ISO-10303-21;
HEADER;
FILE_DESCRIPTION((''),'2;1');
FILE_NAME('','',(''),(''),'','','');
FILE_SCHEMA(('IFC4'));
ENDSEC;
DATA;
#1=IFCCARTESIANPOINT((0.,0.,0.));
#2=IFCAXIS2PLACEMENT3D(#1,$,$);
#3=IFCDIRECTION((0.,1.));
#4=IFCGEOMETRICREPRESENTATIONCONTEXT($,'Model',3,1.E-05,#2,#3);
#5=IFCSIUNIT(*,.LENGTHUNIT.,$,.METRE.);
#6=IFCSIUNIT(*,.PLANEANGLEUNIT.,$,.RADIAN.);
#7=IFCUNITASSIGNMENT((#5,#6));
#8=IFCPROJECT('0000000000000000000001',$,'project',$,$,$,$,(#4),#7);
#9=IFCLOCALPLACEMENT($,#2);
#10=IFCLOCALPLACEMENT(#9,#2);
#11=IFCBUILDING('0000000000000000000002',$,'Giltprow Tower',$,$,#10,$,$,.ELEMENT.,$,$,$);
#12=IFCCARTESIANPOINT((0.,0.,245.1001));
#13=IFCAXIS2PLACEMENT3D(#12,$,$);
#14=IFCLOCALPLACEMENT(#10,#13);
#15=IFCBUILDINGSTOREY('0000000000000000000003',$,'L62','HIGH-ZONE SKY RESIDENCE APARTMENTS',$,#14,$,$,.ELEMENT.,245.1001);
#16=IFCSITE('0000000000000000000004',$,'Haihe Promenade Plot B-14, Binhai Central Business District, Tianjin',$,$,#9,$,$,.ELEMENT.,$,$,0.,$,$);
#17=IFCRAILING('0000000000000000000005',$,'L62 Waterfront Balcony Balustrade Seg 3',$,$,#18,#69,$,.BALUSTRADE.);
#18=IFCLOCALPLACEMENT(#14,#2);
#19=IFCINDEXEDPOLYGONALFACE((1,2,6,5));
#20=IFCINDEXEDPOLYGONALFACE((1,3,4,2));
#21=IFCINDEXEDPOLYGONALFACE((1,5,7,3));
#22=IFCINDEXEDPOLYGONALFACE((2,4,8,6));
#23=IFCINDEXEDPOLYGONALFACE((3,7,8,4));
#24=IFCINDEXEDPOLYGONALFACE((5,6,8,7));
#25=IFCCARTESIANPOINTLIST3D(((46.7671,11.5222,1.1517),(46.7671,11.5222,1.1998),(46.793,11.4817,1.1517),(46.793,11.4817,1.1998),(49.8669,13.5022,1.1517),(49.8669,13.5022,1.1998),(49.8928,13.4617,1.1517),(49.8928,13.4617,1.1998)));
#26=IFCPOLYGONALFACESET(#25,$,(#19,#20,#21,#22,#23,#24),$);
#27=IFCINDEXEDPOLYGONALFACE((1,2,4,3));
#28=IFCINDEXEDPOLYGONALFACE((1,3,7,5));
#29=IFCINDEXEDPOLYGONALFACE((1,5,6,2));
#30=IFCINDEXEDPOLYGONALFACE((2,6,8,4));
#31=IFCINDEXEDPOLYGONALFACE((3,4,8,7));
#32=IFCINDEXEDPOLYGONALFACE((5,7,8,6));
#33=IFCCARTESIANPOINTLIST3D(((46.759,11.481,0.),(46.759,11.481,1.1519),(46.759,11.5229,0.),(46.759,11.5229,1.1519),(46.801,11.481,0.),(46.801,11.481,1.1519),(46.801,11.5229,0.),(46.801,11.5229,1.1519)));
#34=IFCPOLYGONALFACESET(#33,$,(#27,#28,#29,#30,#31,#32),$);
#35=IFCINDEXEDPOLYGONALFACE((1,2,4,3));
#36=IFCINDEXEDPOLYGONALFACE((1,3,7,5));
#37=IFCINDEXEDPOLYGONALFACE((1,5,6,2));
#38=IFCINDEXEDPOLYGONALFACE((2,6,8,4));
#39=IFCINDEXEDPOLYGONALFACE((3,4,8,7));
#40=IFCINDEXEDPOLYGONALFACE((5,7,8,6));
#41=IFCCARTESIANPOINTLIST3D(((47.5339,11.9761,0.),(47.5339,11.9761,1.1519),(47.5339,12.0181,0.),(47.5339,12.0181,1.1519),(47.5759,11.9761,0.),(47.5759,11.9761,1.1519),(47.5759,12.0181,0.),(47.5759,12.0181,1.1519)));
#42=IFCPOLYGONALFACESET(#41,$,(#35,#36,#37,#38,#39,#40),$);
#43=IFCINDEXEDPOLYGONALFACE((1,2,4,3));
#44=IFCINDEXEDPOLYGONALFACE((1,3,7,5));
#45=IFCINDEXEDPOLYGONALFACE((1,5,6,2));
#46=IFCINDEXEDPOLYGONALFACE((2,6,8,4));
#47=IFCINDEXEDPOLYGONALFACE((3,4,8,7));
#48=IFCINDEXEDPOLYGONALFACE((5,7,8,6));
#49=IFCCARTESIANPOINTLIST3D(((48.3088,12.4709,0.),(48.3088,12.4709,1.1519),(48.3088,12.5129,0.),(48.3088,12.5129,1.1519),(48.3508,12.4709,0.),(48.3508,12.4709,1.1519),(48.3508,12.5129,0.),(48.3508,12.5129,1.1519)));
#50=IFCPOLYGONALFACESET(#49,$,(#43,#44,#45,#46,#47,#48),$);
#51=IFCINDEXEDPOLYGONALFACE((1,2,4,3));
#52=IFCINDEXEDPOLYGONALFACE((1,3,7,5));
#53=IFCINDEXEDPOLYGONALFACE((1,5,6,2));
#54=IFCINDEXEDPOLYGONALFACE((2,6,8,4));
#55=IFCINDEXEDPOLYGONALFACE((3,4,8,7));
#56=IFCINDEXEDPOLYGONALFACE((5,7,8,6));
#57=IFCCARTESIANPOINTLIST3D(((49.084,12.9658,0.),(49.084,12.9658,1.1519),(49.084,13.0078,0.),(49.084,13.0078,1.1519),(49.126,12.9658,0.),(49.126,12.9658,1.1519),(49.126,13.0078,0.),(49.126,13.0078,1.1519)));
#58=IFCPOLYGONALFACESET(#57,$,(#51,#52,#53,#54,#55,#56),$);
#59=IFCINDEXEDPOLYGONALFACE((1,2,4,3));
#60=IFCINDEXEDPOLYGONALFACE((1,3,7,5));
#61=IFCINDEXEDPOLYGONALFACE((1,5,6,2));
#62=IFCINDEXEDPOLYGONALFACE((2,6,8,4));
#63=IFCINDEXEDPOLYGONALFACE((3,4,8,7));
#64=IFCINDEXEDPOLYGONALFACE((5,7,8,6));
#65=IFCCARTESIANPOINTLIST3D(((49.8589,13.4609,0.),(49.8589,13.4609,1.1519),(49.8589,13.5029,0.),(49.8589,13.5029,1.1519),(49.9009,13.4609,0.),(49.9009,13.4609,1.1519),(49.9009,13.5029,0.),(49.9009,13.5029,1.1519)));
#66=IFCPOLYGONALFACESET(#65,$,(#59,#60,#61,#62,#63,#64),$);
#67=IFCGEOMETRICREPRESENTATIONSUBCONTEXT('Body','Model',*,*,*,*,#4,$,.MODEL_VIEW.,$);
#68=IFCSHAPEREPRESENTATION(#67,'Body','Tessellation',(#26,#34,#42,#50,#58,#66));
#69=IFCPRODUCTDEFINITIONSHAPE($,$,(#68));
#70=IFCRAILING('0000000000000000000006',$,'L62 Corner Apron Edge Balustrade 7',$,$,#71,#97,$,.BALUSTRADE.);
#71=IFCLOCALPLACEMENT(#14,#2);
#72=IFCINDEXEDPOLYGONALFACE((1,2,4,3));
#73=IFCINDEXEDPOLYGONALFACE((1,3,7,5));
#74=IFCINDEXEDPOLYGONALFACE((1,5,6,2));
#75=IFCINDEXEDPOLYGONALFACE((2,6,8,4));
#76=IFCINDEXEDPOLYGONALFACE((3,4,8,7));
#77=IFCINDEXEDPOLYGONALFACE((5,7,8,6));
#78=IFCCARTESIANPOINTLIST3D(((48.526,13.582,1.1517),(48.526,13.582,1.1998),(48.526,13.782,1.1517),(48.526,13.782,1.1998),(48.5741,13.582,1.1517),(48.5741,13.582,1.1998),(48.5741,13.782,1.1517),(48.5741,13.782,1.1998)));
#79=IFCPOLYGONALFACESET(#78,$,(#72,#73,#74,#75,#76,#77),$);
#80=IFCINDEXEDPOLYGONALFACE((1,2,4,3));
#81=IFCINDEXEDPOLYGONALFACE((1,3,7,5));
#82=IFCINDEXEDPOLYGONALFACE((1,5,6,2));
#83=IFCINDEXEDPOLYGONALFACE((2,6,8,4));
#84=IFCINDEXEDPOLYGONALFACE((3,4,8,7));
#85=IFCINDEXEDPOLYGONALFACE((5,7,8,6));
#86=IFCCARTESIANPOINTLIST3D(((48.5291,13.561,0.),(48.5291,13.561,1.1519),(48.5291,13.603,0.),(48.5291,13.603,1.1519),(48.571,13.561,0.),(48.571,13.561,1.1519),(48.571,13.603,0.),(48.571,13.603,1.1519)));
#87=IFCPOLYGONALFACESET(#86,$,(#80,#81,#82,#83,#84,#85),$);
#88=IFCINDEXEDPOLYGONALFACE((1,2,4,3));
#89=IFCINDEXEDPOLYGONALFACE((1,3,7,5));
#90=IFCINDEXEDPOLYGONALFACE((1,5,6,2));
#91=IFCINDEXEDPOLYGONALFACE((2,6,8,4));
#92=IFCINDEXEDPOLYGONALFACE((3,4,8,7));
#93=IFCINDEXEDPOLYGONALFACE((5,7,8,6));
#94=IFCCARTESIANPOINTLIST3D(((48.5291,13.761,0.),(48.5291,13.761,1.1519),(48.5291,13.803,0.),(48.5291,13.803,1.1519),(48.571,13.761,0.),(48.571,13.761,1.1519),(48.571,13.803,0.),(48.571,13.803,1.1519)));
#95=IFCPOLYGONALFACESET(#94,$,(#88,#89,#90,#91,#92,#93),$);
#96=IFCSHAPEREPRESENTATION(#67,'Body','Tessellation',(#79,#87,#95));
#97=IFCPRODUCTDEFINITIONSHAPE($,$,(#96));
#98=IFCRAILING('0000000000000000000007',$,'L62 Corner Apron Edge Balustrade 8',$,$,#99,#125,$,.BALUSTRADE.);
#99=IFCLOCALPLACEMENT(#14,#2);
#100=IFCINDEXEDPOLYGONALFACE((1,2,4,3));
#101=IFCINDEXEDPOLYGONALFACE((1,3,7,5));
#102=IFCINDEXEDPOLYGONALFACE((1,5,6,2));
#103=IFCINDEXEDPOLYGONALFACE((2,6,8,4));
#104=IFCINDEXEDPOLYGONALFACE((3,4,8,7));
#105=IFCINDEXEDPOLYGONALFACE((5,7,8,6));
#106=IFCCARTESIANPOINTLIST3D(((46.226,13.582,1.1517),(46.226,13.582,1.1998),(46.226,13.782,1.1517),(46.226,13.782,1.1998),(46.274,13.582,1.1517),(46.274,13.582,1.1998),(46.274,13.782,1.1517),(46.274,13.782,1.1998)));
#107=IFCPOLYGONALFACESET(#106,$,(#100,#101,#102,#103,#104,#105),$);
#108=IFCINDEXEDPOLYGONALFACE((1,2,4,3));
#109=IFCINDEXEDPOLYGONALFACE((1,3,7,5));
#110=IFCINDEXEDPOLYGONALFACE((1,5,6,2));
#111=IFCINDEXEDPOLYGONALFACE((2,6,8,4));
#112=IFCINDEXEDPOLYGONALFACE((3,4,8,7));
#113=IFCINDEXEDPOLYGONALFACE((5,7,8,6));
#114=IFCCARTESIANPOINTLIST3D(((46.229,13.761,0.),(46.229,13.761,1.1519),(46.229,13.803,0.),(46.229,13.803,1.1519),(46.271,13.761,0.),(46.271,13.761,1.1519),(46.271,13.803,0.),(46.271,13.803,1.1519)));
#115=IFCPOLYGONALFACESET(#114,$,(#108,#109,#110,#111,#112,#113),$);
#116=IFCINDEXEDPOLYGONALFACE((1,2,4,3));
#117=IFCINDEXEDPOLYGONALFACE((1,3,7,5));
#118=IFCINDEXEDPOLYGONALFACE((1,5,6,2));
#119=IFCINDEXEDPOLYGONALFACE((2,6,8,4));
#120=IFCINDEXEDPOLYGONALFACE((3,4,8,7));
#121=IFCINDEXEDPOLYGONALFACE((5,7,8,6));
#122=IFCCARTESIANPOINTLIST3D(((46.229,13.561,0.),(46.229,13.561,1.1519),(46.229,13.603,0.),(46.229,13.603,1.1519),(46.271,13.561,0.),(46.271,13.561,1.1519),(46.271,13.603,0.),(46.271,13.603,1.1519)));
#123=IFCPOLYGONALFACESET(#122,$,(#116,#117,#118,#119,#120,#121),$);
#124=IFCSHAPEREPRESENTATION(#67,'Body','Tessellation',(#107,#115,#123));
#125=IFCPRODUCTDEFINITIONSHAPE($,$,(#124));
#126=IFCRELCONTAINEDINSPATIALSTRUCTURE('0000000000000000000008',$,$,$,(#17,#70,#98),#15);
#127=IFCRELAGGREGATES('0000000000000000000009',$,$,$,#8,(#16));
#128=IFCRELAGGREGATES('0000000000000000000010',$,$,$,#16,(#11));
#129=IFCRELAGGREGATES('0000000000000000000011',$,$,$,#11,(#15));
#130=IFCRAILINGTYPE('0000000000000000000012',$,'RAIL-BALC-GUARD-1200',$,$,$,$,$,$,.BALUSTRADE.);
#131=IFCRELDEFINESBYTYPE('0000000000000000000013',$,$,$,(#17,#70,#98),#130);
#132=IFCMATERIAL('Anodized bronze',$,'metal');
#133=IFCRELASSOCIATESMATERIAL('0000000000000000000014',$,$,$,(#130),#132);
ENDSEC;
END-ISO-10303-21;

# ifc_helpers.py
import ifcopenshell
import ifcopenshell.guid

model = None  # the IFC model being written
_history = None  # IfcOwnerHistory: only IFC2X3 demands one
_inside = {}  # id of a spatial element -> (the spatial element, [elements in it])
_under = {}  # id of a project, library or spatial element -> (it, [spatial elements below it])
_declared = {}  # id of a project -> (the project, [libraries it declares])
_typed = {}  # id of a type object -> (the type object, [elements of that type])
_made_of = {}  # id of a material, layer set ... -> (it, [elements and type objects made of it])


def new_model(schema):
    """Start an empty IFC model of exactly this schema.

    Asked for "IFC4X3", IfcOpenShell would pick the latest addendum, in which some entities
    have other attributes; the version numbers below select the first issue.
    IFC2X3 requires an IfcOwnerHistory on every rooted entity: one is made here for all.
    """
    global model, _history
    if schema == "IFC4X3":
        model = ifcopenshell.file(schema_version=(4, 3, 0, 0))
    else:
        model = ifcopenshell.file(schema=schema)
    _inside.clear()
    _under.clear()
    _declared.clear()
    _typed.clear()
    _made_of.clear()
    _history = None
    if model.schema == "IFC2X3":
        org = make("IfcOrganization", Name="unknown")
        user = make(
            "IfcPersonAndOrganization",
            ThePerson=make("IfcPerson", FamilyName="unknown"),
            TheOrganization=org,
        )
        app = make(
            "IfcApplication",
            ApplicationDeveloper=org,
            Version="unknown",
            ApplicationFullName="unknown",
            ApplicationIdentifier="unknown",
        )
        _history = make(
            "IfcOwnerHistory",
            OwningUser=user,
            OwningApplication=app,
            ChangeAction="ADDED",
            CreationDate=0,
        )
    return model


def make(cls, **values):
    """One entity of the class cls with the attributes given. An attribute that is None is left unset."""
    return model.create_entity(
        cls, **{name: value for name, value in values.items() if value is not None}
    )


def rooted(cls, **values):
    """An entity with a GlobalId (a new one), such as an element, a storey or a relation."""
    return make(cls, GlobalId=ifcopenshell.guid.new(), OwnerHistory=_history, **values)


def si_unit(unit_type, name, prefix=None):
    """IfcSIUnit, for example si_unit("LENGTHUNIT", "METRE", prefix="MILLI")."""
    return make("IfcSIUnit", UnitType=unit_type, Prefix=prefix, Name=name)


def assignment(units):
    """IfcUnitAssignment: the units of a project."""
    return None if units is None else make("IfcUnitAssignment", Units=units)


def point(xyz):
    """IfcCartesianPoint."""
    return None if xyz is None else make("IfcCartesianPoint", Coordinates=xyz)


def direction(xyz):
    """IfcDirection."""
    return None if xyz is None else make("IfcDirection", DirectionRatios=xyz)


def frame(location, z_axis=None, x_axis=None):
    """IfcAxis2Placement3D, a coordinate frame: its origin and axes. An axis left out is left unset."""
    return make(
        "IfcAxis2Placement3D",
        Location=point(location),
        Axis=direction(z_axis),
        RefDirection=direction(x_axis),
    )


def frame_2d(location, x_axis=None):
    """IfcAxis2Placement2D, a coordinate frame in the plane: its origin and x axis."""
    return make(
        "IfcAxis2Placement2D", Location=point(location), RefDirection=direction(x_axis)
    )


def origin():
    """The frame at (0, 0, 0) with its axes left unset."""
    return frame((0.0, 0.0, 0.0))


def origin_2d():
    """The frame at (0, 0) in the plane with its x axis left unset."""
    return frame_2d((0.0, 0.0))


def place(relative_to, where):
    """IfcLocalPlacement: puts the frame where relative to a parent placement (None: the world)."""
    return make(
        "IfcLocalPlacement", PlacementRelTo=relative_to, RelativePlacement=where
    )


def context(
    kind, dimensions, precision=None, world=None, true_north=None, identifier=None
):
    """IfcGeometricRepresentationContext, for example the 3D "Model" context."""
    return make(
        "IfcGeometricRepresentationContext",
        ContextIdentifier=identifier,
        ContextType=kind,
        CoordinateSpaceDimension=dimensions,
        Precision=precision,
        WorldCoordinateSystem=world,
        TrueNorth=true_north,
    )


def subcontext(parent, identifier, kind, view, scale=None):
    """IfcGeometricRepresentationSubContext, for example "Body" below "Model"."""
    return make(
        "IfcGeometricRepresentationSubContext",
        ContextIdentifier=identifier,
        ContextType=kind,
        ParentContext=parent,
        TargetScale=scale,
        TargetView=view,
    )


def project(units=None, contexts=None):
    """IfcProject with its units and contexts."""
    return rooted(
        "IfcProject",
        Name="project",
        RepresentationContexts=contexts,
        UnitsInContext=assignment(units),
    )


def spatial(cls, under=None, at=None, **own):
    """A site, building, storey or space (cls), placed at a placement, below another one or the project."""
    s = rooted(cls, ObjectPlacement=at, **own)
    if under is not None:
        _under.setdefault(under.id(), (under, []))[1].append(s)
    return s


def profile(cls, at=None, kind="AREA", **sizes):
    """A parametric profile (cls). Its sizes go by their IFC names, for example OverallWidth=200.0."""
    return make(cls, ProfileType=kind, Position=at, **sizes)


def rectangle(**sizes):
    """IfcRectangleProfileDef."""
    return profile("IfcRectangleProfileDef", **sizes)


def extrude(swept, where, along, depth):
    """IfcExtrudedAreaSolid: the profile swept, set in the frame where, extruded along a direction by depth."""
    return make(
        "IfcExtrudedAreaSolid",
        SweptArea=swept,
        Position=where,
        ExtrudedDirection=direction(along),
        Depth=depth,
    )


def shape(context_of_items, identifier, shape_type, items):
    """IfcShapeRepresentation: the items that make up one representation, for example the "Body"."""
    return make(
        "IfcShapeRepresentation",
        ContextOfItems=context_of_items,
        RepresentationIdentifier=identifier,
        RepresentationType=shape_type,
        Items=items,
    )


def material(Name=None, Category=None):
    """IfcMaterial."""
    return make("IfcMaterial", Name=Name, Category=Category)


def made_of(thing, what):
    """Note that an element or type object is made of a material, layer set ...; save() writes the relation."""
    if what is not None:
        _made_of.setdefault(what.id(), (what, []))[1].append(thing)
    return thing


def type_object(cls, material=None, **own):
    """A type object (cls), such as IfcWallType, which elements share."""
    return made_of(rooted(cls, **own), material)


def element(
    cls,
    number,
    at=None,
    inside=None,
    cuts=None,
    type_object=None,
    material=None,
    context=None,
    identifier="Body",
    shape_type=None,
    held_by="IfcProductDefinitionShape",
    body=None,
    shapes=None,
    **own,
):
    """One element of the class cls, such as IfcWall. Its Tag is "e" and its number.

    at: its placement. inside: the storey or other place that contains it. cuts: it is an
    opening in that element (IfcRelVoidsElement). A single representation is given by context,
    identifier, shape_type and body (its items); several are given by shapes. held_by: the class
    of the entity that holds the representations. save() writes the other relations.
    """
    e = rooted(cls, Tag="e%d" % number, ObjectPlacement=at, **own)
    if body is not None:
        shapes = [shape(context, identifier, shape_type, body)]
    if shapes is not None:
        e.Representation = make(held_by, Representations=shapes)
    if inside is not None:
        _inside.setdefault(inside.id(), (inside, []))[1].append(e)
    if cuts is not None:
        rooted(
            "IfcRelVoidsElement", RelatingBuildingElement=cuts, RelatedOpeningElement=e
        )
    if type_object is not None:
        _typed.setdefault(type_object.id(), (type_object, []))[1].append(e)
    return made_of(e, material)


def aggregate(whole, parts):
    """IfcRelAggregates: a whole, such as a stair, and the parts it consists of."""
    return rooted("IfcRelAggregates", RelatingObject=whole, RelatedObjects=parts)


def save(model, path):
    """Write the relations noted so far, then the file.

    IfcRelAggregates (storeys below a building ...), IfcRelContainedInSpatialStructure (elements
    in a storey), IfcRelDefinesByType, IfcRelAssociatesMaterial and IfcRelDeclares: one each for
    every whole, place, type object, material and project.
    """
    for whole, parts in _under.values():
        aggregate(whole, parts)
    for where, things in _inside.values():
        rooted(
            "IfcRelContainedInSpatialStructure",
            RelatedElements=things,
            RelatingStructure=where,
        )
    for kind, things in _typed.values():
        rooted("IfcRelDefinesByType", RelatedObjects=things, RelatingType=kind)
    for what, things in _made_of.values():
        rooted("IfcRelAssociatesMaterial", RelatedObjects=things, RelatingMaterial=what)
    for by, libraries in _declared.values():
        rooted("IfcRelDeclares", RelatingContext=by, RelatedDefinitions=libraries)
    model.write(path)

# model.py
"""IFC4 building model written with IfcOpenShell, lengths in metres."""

from ifc_helpers import new_model, si_unit, direction, frame, origin, origin_2d, place, context, subcontext, project, spatial, rectangle, extrude, material, type_object, element, save


model = new_model("IFC4")

# Units and contexts
model_context = context("Model", 3, precision=1e-05, world=origin(), true_north=direction((0.0, 1.0)))
body_context = subcontext(model_context, "Body", "Model", "MODEL_VIEW")
ifc_project = project(units=[si_unit("LENGTHUNIT", "METRE"), si_unit("PLANEANGLEUNIT", "RADIAN")], contexts=[model_context])

# Site, building, storey
site_placement = place(None, origin())
site = spatial("IfcSite", under=ifc_project, at=site_placement, Name="Haihe Promenade Plot B-14, Binhai Central Business District, Tianjin", CompositionType="ELEMENT", RefElevation=0.0)
building_placement = place(site_placement, origin())
building = spatial("IfcBuilding", under=site, at=building_placement, Name="Giltprow Tower", CompositionType="ELEMENT")
storey_placement = place(building_placement, frame((0.0, 0.0, 245.1001)))
storey = spatial("IfcBuildingStorey", under=building, at=storey_placement, Name="L62", Description="HIGH-ZONE SKY RESIDENCE APARTMENTS", CompositionType="ELEMENT", Elevation=245.1001)

# Railings
ifc_material_1 = material(Name="Anodized bronze", Category="metal")
railing_type = type_object("IfcRailingType", Name="RAIL-BALC-GUARD-1200", PredefinedType="BALUSTRADE", material=ifc_material_1)
railing_1_placement = place(storey_placement, frame((46.78, 11.502, 0.0)))
element("IfcRailing", 1, at=railing_1_placement, inside=storey, type_object=railing_type, Name="L62 Waterfront Balcony Balustrade Seg 3", PredefinedType="BALUSTRADE", context=body_context, shape_type="SweptSolid", body=[
    extrude(rectangle(XDim=0.0481, YDim=0.0481, at=origin_2d()), frame((0.0, 0.0, 1.1758), z_axis=(0.842756, 0.538296, 0.0), x_axis=(-0.538296, 0.842756, 0.0)), (0.0, 0.0, 1.0), 3.6782),
    extrude(rectangle(XDim=0.042, YDim=0.042, at=origin_2d()), origin(), (0.0, 0.0, 1.0), 1.1519),
    extrude(rectangle(XDim=0.042, YDim=0.042, at=origin_2d()), frame((0.7749, 0.4951, 0.0)), (0.0, 0.0, 1.0), 1.1519),
    extrude(rectangle(XDim=0.042, YDim=0.042, at=origin_2d()), frame((1.5498, 0.99, 0.0)), (0.0, 0.0, 1.0), 1.1519),
    extrude(rectangle(XDim=0.042, YDim=0.042, at=origin_2d()), frame((2.325, 1.4849, 0.0)), (0.0, 0.0, 1.0), 1.1519),
    extrude(rectangle(XDim=0.042, YDim=0.042, at=origin_2d()), frame((3.0999, 1.98, 0.0)), (0.0, 0.0, 1.0), 1.1519),
])
railing_2_placement = place(storey_placement, frame((48.55, 13.582, 0.0)))
element("IfcRailing", 2, at=railing_2_placement, inside=storey, type_object=railing_type, Name="L62 Corner Apron Edge Balustrade 7", PredefinedType="BALUSTRADE", context=body_context, shape_type="SweptSolid", body=[
    extrude(rectangle(XDim=0.0481, YDim=0.0481, at=origin_2d()), frame((0.0, 0.0, 1.1758), z_axis=(0.0, 1.0, 0.0), x_axis=(-1.0, 0.0, 0.0)), (0.0, 0.0, 1.0), 0.2),
    extrude(rectangle(XDim=0.042, YDim=0.042, at=origin_2d()), origin(), (0.0, 0.0, 1.0), 1.1519),
    extrude(rectangle(XDim=0.042, YDim=0.042, at=origin_2d()), frame((0.0, 0.2, 0.0)), (0.0, 0.0, 1.0), 1.1519),
])
railing_3_placement = place(storey_placement, frame((46.25, 13.782, 0.0)))
element("IfcRailing", 3, at=railing_3_placement, inside=storey, type_object=railing_type, Name="L62 Corner Apron Edge Balustrade 8", PredefinedType="BALUSTRADE", context=body_context, shape_type="SweptSolid", body=[
    extrude(rectangle(XDim=0.0481, YDim=0.0481, at=origin_2d()), frame((0.0, 0.0, 1.1758), z_axis=(0.0, -1.0, 0.0), x_axis=(1.0, 0.0, 0.0)), (0.0, 0.0, 1.0), 0.2),
    extrude(rectangle(XDim=0.042, YDim=0.042, at=origin_2d()), origin(), (0.0, 0.0, 1.0), 1.1519),
    extrude(rectangle(XDim=0.042, YDim=0.042, at=origin_2d()), frame((0.0, -0.2, 0.0)), (0.0, 0.0, 1.0), 1.1519),
])

save(model, "model.ifc")
